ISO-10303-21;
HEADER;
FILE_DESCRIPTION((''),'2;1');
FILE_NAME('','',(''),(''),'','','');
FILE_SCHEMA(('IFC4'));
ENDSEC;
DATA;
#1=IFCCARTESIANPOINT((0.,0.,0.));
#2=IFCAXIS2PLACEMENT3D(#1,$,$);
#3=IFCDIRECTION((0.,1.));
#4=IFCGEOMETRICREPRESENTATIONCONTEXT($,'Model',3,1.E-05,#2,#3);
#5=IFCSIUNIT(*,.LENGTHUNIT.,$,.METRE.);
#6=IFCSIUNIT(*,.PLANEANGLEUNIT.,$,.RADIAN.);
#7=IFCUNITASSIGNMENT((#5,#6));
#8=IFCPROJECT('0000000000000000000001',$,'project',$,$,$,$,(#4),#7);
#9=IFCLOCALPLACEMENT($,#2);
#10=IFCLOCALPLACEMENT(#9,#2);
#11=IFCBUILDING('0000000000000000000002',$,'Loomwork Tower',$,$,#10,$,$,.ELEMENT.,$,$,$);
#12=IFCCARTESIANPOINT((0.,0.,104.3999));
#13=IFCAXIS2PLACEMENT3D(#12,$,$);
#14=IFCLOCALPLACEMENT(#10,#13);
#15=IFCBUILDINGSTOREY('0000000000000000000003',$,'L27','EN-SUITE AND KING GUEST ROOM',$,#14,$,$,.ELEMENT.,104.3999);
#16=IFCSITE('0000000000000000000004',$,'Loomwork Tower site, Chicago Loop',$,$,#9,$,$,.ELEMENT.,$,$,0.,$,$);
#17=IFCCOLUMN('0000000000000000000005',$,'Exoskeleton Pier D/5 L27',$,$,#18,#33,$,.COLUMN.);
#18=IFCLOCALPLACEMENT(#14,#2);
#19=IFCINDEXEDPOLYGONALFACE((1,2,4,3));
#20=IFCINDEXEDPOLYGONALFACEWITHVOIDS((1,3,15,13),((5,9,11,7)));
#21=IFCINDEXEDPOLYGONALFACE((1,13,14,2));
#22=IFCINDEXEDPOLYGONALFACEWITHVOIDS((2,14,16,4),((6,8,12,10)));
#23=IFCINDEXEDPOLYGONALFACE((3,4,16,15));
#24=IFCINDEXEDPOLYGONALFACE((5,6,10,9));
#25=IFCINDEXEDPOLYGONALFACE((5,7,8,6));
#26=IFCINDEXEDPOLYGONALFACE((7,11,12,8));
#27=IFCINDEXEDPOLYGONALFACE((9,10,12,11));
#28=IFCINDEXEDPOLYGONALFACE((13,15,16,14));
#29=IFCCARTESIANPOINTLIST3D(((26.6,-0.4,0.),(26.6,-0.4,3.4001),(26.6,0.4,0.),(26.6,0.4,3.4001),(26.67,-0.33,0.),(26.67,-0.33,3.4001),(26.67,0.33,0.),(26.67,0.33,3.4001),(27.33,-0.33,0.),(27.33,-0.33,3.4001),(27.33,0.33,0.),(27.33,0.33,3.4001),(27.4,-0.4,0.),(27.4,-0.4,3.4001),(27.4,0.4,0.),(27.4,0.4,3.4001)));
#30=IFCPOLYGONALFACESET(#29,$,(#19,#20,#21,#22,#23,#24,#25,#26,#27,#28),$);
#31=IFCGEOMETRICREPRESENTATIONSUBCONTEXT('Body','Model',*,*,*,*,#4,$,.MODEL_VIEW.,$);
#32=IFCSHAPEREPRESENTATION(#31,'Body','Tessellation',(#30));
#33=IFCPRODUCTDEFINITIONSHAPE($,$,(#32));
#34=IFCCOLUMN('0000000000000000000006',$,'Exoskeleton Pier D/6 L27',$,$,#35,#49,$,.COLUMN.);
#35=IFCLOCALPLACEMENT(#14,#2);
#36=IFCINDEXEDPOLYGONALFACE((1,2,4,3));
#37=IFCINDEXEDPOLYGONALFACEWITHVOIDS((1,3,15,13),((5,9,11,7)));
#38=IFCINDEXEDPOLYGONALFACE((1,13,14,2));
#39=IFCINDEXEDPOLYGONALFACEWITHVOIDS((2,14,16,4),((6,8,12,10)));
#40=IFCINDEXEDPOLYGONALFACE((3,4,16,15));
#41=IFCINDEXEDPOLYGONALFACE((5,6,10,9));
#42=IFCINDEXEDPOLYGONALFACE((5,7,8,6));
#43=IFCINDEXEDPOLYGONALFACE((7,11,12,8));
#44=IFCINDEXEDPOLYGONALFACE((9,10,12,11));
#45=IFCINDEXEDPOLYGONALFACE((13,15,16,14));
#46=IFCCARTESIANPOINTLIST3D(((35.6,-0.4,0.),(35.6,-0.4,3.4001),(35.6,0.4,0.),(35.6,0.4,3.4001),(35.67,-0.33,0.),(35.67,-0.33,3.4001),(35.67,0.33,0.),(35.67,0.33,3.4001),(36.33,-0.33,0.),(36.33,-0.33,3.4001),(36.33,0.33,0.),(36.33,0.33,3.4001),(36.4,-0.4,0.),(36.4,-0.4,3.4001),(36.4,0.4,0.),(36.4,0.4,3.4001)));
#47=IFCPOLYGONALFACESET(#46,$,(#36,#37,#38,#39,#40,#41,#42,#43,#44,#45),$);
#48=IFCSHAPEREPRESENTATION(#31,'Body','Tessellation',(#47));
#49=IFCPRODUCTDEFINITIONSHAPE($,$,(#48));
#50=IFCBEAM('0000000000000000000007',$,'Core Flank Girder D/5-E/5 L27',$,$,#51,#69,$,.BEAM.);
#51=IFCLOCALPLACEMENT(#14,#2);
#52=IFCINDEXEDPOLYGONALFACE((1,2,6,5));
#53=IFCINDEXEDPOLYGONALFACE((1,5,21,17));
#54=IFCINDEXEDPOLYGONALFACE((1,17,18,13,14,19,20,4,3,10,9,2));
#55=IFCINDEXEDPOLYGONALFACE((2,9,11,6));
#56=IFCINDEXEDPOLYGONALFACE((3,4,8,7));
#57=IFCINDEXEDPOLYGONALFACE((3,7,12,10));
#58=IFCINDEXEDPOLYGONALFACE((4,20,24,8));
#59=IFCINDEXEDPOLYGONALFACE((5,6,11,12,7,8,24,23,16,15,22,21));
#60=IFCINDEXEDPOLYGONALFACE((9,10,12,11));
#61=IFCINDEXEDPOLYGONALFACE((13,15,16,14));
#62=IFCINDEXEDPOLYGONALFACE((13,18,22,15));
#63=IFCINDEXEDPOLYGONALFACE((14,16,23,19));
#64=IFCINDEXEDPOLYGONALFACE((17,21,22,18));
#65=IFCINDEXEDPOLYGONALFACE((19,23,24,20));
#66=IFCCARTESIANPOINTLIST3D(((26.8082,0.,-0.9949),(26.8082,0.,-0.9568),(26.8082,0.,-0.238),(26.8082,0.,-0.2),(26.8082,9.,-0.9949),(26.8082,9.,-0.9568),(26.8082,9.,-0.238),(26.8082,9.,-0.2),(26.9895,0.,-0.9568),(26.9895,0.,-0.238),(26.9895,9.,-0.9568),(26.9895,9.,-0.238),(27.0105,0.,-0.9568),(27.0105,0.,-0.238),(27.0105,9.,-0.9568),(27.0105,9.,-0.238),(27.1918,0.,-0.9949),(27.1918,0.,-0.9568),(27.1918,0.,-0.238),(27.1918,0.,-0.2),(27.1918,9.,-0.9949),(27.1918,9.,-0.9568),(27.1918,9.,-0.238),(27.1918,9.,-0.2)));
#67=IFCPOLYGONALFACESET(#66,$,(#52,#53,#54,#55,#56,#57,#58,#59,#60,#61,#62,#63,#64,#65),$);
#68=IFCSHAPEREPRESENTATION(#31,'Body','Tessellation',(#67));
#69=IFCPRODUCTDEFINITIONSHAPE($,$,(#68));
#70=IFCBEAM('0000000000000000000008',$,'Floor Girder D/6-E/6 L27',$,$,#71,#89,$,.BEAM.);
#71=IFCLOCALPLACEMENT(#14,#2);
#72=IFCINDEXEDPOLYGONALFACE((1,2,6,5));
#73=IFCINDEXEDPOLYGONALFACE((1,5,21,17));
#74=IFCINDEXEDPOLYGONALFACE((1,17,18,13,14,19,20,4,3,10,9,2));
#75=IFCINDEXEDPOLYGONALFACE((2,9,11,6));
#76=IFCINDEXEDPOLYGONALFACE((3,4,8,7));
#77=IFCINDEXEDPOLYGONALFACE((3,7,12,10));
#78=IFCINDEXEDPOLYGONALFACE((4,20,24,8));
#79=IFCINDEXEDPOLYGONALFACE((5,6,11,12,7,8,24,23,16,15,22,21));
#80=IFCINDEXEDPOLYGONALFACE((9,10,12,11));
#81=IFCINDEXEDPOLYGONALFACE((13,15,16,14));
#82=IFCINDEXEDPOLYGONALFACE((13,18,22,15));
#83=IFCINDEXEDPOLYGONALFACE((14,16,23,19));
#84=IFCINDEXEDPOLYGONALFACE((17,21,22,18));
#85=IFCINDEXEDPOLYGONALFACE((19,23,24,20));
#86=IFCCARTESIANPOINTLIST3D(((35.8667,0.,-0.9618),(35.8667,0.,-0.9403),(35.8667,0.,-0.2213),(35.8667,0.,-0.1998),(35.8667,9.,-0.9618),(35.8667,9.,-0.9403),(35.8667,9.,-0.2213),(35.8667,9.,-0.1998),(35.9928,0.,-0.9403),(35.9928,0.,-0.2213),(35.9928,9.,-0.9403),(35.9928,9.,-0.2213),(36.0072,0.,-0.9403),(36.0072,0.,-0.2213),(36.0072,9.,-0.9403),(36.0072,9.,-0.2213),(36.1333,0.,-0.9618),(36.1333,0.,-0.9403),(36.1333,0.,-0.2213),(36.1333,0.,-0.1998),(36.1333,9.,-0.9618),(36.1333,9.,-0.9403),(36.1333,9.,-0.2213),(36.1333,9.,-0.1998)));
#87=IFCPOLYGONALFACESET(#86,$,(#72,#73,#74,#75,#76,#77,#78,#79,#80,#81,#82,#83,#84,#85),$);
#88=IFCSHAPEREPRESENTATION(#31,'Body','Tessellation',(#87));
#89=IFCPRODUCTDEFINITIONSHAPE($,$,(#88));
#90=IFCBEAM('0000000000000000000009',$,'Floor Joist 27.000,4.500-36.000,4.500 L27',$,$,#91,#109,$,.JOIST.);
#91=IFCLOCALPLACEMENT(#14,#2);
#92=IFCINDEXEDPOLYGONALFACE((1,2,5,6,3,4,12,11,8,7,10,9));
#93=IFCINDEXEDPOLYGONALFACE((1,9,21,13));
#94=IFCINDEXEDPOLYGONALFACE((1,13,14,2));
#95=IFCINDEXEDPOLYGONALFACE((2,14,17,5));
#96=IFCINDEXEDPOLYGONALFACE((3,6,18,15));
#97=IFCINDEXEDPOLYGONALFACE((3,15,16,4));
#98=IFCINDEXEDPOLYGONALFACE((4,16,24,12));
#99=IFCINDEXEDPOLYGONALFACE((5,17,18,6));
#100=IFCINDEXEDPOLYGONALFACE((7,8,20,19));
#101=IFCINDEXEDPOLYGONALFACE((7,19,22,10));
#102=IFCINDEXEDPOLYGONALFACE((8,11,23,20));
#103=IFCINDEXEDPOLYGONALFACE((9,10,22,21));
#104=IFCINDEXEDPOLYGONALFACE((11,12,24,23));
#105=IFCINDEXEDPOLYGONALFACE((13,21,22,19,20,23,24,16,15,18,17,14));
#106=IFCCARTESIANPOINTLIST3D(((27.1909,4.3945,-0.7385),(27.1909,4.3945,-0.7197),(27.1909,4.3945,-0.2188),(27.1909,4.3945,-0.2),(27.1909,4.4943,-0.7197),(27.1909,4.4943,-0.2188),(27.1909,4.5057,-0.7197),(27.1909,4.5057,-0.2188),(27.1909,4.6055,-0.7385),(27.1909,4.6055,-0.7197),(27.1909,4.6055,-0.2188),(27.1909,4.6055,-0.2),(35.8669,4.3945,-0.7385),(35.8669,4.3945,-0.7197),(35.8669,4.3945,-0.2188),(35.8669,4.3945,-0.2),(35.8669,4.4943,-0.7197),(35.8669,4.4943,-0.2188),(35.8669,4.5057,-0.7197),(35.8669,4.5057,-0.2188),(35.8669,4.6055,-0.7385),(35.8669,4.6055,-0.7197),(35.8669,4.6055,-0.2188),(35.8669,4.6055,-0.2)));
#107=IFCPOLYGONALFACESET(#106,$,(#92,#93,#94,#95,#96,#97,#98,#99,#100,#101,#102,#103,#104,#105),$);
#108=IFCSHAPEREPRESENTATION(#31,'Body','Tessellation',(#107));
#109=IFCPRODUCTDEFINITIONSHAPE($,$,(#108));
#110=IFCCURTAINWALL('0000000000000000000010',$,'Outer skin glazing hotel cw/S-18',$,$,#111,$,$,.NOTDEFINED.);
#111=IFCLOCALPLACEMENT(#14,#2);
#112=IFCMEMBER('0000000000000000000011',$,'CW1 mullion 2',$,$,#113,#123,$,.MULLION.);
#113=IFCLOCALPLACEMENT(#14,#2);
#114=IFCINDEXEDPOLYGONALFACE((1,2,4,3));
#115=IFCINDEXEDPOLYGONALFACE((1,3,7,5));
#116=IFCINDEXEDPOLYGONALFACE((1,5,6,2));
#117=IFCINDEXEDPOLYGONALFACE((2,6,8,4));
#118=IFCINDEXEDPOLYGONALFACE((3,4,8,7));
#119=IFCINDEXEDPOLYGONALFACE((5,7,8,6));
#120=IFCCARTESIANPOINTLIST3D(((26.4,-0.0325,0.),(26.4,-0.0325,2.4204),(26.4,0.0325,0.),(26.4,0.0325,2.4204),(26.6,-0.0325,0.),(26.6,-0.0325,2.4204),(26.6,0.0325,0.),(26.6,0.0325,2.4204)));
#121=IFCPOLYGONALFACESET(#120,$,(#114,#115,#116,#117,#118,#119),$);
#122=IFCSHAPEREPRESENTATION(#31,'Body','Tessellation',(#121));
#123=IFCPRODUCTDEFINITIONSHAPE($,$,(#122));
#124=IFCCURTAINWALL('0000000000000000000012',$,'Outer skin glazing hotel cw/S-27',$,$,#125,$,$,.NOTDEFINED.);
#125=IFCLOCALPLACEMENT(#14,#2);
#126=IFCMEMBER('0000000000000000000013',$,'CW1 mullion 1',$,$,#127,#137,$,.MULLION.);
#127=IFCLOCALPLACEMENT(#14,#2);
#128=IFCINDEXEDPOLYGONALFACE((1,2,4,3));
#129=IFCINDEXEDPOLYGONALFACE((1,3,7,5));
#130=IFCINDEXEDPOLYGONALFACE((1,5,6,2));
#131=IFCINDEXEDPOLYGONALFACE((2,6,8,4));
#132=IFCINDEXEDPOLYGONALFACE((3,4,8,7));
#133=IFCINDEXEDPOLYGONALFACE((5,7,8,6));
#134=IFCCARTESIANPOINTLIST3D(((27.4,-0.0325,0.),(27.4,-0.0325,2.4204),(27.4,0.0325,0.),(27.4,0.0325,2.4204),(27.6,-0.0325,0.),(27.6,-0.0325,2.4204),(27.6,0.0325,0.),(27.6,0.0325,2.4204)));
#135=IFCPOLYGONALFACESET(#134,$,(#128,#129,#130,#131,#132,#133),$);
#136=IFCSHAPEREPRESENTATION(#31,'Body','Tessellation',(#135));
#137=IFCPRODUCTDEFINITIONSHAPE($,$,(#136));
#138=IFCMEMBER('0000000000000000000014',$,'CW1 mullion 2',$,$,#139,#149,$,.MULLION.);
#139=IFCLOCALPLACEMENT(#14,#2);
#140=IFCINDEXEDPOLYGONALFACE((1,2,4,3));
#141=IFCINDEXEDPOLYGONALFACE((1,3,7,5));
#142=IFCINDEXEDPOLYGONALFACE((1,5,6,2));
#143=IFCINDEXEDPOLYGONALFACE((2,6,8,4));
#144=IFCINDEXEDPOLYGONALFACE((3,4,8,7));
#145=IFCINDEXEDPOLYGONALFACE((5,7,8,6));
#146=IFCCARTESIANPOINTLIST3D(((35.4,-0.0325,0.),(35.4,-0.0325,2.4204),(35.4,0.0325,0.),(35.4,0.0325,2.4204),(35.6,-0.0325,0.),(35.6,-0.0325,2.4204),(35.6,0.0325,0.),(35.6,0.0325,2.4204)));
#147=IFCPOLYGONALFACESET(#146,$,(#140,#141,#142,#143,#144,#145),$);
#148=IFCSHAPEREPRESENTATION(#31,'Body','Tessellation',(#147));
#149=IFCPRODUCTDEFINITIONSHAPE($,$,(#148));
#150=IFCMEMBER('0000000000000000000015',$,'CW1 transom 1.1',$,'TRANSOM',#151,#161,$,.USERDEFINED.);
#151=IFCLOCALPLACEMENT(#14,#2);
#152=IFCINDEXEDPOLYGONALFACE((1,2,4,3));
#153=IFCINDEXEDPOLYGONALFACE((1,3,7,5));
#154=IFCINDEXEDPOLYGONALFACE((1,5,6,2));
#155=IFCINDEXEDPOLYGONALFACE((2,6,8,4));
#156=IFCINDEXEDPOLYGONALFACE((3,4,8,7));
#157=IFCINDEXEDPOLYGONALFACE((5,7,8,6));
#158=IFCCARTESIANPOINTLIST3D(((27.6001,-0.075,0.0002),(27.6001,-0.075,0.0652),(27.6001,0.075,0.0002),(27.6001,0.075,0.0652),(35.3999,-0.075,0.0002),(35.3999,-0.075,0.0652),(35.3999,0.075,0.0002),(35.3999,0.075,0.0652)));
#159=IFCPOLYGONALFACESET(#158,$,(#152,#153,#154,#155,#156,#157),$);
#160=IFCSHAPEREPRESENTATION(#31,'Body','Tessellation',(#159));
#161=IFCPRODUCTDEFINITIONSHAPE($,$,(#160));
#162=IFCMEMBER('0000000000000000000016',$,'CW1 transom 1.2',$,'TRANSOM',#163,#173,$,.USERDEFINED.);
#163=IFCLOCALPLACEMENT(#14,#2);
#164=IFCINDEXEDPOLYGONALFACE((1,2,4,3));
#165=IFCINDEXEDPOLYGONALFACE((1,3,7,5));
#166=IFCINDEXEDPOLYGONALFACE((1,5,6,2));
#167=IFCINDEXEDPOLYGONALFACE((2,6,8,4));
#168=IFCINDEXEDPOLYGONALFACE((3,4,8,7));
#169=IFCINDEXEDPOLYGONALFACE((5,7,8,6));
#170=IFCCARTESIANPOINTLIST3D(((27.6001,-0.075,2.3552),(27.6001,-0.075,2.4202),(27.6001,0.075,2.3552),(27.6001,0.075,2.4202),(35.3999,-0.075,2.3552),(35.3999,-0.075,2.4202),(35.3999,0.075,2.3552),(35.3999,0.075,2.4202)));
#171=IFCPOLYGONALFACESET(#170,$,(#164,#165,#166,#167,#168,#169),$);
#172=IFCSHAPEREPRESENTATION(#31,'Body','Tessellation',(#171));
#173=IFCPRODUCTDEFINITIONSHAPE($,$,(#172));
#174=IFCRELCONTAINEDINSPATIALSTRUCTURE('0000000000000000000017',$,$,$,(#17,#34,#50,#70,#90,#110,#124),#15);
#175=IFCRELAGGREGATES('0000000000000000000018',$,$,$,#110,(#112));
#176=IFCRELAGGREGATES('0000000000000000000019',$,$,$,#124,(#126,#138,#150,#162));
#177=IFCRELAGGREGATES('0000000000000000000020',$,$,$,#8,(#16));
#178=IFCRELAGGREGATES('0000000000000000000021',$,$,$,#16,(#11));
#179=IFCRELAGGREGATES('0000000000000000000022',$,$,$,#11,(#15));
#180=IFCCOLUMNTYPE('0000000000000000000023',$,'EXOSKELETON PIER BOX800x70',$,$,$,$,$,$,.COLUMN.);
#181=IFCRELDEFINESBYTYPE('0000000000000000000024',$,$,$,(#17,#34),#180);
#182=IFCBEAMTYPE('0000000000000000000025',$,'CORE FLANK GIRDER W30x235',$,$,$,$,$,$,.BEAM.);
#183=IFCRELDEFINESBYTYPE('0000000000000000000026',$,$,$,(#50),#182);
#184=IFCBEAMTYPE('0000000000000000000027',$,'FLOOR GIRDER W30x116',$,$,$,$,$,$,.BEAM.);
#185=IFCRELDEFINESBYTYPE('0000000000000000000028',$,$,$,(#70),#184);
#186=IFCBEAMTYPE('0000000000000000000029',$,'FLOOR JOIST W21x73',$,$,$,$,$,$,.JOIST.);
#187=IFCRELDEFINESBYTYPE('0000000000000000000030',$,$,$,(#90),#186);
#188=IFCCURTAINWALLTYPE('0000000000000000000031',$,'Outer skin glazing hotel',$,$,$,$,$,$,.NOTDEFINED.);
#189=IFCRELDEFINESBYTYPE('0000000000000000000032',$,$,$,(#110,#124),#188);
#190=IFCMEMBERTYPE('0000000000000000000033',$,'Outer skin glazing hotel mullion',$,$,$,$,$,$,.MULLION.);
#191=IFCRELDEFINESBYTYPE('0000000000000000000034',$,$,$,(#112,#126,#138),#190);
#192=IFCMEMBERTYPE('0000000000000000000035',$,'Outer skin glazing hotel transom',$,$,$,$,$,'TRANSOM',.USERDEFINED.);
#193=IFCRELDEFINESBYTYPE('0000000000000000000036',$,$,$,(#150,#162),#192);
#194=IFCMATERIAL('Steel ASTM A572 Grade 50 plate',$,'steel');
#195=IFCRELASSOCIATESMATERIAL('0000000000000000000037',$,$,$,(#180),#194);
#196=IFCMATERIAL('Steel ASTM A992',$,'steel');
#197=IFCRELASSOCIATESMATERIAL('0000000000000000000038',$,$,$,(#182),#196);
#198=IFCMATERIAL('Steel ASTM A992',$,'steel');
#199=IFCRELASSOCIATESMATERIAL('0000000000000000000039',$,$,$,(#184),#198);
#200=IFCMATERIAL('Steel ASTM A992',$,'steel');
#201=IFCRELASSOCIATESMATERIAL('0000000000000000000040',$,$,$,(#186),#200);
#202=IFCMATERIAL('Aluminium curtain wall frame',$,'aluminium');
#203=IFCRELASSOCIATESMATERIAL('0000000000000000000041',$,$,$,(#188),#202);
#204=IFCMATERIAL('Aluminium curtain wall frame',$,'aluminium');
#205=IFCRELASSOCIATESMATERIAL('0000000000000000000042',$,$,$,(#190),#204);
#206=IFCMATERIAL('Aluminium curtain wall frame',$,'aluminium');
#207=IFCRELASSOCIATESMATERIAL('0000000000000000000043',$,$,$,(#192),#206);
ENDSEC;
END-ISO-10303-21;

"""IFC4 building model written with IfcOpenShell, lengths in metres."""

from ifc_helpers import new_model, si_unit, direction, frame, origin, origin_2d, place, context, subcontext, project, spatial, rectangle, hollow_rectangle, i_section, extrude, material, material_profile, profile_set, type_object, element, aggregate, save


model = new_model("IFC4")

# Units and contexts
model_context = context("Model", 3, precision=1e-05, world=origin(), true_north=direction((0.0, 1.0)))
body_context = subcontext(model_context, "Body", "Model", "MODEL_VIEW")
ifc_project = project(units=[si_unit("LENGTHUNIT", "METRE"), si_unit("PLANEANGLEUNIT", "RADIAN")], contexts=[model_context])

# Site, building, storey
site_placement = place(None, origin())
site = spatial("IfcSite", under=ifc_project, at=site_placement, Name="Loomwork Tower site, Chicago Loop", CompositionType="ELEMENT", RefElevation=0.0)
building_placement = place(site_placement, origin())
building = spatial("IfcBuilding", under=site, at=building_placement, Name="Loomwork Tower", CompositionType="ELEMENT")
storey_placement = place(building_placement, frame((0.0, 0.0, 104.3999)))
storey = spatial("IfcBuildingStorey", under=building, at=storey_placement, Name="L27", Description="EN-SUITE AND KING GUEST ROOM", CompositionType="ELEMENT", Elevation=104.3999)

# Columns
ifc_material_1 = material(Name="Steel ASTM A572 Grade 50 plate", Category="steel")
ifc_material_profile_1 = material_profile(ifc_material_1, hollow_rectangle(XDim=0.8, YDim=0.8, WallThickness=0.0701, at=origin_2d()), Name="BOX800x70")
ifc_profile_set_1 = profile_set([ifc_material_profile_1], Name="Steel ASTM A572 Grade 50 plate")
column_type = type_object("IfcColumnType", Name="EXOSKELETON PIER BOX800x70", PredefinedType="COLUMN", material=ifc_profile_set_1)
for number, where, z_axis, x_axis, name in (
    (1, (27.0, 0.0, 0.0), (0.0, 0.0, 1.0), (1.0, 0.0, 0.0), "Exoskeleton Pier D/5 L27"),
    (2, (36.0, 0.0, 0.0), (0.0, 0.0, 1.0), (1.0, 0.0, 0.0), "Exoskeleton Pier D/6 L27"),
):
    element("IfcColumn", number, at=place(storey_placement, frame(where, z_axis=z_axis, x_axis=x_axis)), inside=storey, type_object=column_type, Name=name, PredefinedType="COLUMN", context=body_context, shape_type="SweptSolid", body=[
        extrude(hollow_rectangle(XDim=0.8, YDim=0.8, WallThickness=0.0701, at=origin_2d()), origin(), (0.0, 0.0, 1.0), 3.4001),
    ])

# Beams
ifc_material_2 = material(Name="Steel ASTM A992", Category="steel")
ifc_material_profile_2 = material_profile(ifc_material_2, i_section(OverallWidth=0.3835, OverallDepth=0.7949, WebThickness=0.021, FlangeThickness=0.0381, at=origin_2d()), Name="W30x235")
ifc_profile_set_2 = profile_set([ifc_material_profile_2], Name="Steel ASTM A992")
beam_type_1 = type_object("IfcBeamType", Name="CORE FLANK GIRDER W30x235", PredefinedType="BEAM", material=ifc_profile_set_2)
beam_1_placement = place(storey_placement, frame((27.0, 0.0, -0.5974), z_axis=(0.0, 1.0, 0.0), x_axis=(-1.0, 0.0, 0.0)))
element("IfcBeam", 3, at=beam_1_placement, inside=storey, type_object=beam_type_1, Name="Core Flank Girder D/5-E/5 L27", PredefinedType="BEAM", context=body_context, shape_type="SweptSolid", body=[
    extrude(i_section(OverallWidth=0.3835, OverallDepth=0.7949, WebThickness=0.021, FlangeThickness=0.0381, at=origin_2d()), origin(), (0.0, 0.0, 1.0), 9.0),
])
ifc_material_3 = material(Name="Steel ASTM A992", Category="steel")
ifc_material_profile_3 = material_profile(ifc_material_3, i_section(OverallWidth=0.2666, OverallDepth=0.762, WebThickness=0.0144, FlangeThickness=0.0215, at=origin_2d()), Name="W30x116")
ifc_profile_set_3 = profile_set([ifc_material_profile_3], Name="Steel ASTM A992")
beam_type_2 = type_object("IfcBeamType", Name="FLOOR GIRDER W30x116", PredefinedType="BEAM", material=ifc_profile_set_3)
beam_2_placement = place(storey_placement, frame((36.0, 0.0, -0.5808), z_axis=(0.0, 1.0, 0.0), x_axis=(-1.0, 0.0, 0.0)))
element("IfcBeam", 4, at=beam_2_placement, inside=storey, type_object=beam_type_2, Name="Floor Girder D/6-E/6 L27", PredefinedType="BEAM", context=body_context, shape_type="SweptSolid", body=[
    extrude(i_section(OverallWidth=0.2666, OverallDepth=0.762, WebThickness=0.0144, FlangeThickness=0.0215, at=origin_2d()), origin(), (0.0, 0.0, 1.0), 9.0),
])
ifc_material_4 = material(Name="Steel ASTM A992", Category="steel")
ifc_material_profile_4 = material_profile(ifc_material_4, i_section(OverallWidth=0.2109, OverallDepth=0.5386, WebThickness=0.0115, FlangeThickness=0.0188, at=origin_2d()), Name="W21x73")
ifc_profile_set_4 = profile_set([ifc_material_profile_4], Name="Steel ASTM A992")
beam_type_3 = type_object("IfcBeamType", Name="FLOOR JOIST W21x73", PredefinedType="JOIST", material=ifc_profile_set_4)
beam_3_placement = place(storey_placement, frame((27.1909, 4.5, -0.4692), z_axis=(1.0, 0.0, 0.0), x_axis=(0.0, 1.0, 0.0)))
element("IfcBeam", 5, at=beam_3_placement, inside=storey, type_object=beam_type_3, Name="Floor Joist 27.000,4.500-36.000,4.500 L27", PredefinedType="JOIST", context=body_context, shape_type="SweptSolid", body=[
    extrude(i_section(OverallWidth=0.2109, OverallDepth=0.5386, WebThickness=0.0115, FlangeThickness=0.0188, at=origin_2d()), origin(), (0.0, 0.0, 1.0), 8.676),
])

# Curtain wall, member
ifc_material_5 = material(Name="Aluminium curtain wall frame", Category="aluminium")
curtain_wall_type = type_object("IfcCurtainWallType", Name="Outer skin glazing hotel", PredefinedType="NOTDEFINED", material=ifc_material_5)
curtain_wall_1_placement = place(storey_placement, origin())
curtain_wall_1 = element("IfcCurtainWall", 6, at=curtain_wall_1_placement, inside=storey, type_object=curtain_wall_type, Name="Outer skin glazing hotel cw/S-18", PredefinedType="NOTDEFINED")
ifc_material_6 = material(Name="Aluminium curtain wall frame", Category="aluminium")
ifc_material_profile_5 = material_profile(ifc_material_6, rectangle(XDim=0.0649, YDim=0.2, at=origin_2d()), Name="AL 65x200")
ifc_profile_set_5 = profile_set([ifc_material_profile_5], Name="Aluminium curtain wall frame")
member_type_1 = type_object("IfcMemberType", Name="Outer skin glazing hotel mullion", PredefinedType="MULLION", material=ifc_profile_set_5)
member_1_placement = place(storey_placement, frame((26.5, 0.0, 0.0), z_axis=(0.0, 0.0, 1.0), x_axis=(0.0, 1.0, 0.0)))
member_1 = element("IfcMember", 7, at=member_1_placement, type_object=member_type_1, Name="CW1 mullion 2", PredefinedType="MULLION", context=body_context, shape_type="SweptSolid", body=[
    extrude(rectangle(XDim=0.0649, YDim=0.2, at=origin_2d()), origin(), (0.0, 0.0, 1.0), 2.4204),
])

# Curtain wall, members
curtain_wall_2_placement = place(storey_placement, origin())
curtain_wall_2 = element("IfcCurtainWall", 8, at=curtain_wall_2_placement, inside=storey, type_object=curtain_wall_type, Name="Outer skin glazing hotel cw/S-27", PredefinedType="NOTDEFINED")
member_2_placement = place(storey_placement, frame((27.5, 0.0, 0.0), z_axis=(0.0, 0.0, 1.0), x_axis=(0.0, 1.0, 0.0)))
member_2 = element("IfcMember", 9, at=member_2_placement, type_object=member_type_1, Name="CW1 mullion 1", PredefinedType="MULLION", context=body_context, shape_type="SweptSolid", body=[
    extrude(rectangle(XDim=0.0649, YDim=0.2, at=origin_2d()), origin(), (0.0, 0.0, 1.0), 2.4204),
])
member_3_placement = place(storey_placement, frame((35.5, 0.0, 0.0), z_axis=(0.0, 0.0, 1.0), x_axis=(0.0, 1.0, 0.0)))
member_3 = element("IfcMember", 10, at=member_3_placement, type_object=member_type_1, Name="CW1 mullion 2", PredefinedType="MULLION", context=body_context, shape_type="SweptSolid", body=[
    extrude(rectangle(XDim=0.0649, YDim=0.2, at=origin_2d()), origin(), (0.0, 0.0, 1.0), 2.4204),
])
ifc_material_7 = material(Name="Aluminium curtain wall frame", Category="aluminium")
ifc_material_profile_6 = material_profile(ifc_material_7, rectangle(XDim=0.1499, YDim=0.0649, at=origin_2d()), Name="AL 65x150")
ifc_profile_set_6 = profile_set([ifc_material_profile_6], Name="Aluminium curtain wall frame")
member_type_2 = type_object("IfcMemberType", Name="Outer skin glazing hotel transom", ElementType="TRANSOM", PredefinedType="USERDEFINED", material=ifc_profile_set_6)
member_4_placement = place(storey_placement, frame((27.6001, 0.0, 0.0327), z_axis=(1.0, 0.0, 0.0), x_axis=(0.0, 1.0, 0.0)))
member_4 = element("IfcMember", 11, at=member_4_placement, type_object=member_type_2, Name="CW1 transom 1.1", ObjectType="TRANSOM", PredefinedType="USERDEFINED", context=body_context, shape_type="SweptSolid", body=[
    extrude(rectangle(XDim=0.1499, YDim=0.0649, at=origin_2d()), origin(), (0.0, 0.0, 1.0), 7.7998),
])
member_5_placement = place(storey_placement, frame((27.6001, 0.0, 2.3877), z_axis=(1.0, 0.0, 0.0), x_axis=(0.0, 1.0, 0.0)))
member_5 = element("IfcMember", 12, at=member_5_placement, type_object=member_type_2, Name="CW1 transom 1.2", ObjectType="TRANSOM", PredefinedType="USERDEFINED", context=body_context, shape_type="SweptSolid", body=[
    extrude(rectangle(XDim=0.1499, YDim=0.0649, at=origin_2d()), origin(), (0.0, 0.0, 1.0), 7.7998),
])

aggregate(curtain_wall_1, [member_1])
aggregate(curtain_wall_2, [member_2, member_3, member_4, member_5])

save(model, "model.ifc")
